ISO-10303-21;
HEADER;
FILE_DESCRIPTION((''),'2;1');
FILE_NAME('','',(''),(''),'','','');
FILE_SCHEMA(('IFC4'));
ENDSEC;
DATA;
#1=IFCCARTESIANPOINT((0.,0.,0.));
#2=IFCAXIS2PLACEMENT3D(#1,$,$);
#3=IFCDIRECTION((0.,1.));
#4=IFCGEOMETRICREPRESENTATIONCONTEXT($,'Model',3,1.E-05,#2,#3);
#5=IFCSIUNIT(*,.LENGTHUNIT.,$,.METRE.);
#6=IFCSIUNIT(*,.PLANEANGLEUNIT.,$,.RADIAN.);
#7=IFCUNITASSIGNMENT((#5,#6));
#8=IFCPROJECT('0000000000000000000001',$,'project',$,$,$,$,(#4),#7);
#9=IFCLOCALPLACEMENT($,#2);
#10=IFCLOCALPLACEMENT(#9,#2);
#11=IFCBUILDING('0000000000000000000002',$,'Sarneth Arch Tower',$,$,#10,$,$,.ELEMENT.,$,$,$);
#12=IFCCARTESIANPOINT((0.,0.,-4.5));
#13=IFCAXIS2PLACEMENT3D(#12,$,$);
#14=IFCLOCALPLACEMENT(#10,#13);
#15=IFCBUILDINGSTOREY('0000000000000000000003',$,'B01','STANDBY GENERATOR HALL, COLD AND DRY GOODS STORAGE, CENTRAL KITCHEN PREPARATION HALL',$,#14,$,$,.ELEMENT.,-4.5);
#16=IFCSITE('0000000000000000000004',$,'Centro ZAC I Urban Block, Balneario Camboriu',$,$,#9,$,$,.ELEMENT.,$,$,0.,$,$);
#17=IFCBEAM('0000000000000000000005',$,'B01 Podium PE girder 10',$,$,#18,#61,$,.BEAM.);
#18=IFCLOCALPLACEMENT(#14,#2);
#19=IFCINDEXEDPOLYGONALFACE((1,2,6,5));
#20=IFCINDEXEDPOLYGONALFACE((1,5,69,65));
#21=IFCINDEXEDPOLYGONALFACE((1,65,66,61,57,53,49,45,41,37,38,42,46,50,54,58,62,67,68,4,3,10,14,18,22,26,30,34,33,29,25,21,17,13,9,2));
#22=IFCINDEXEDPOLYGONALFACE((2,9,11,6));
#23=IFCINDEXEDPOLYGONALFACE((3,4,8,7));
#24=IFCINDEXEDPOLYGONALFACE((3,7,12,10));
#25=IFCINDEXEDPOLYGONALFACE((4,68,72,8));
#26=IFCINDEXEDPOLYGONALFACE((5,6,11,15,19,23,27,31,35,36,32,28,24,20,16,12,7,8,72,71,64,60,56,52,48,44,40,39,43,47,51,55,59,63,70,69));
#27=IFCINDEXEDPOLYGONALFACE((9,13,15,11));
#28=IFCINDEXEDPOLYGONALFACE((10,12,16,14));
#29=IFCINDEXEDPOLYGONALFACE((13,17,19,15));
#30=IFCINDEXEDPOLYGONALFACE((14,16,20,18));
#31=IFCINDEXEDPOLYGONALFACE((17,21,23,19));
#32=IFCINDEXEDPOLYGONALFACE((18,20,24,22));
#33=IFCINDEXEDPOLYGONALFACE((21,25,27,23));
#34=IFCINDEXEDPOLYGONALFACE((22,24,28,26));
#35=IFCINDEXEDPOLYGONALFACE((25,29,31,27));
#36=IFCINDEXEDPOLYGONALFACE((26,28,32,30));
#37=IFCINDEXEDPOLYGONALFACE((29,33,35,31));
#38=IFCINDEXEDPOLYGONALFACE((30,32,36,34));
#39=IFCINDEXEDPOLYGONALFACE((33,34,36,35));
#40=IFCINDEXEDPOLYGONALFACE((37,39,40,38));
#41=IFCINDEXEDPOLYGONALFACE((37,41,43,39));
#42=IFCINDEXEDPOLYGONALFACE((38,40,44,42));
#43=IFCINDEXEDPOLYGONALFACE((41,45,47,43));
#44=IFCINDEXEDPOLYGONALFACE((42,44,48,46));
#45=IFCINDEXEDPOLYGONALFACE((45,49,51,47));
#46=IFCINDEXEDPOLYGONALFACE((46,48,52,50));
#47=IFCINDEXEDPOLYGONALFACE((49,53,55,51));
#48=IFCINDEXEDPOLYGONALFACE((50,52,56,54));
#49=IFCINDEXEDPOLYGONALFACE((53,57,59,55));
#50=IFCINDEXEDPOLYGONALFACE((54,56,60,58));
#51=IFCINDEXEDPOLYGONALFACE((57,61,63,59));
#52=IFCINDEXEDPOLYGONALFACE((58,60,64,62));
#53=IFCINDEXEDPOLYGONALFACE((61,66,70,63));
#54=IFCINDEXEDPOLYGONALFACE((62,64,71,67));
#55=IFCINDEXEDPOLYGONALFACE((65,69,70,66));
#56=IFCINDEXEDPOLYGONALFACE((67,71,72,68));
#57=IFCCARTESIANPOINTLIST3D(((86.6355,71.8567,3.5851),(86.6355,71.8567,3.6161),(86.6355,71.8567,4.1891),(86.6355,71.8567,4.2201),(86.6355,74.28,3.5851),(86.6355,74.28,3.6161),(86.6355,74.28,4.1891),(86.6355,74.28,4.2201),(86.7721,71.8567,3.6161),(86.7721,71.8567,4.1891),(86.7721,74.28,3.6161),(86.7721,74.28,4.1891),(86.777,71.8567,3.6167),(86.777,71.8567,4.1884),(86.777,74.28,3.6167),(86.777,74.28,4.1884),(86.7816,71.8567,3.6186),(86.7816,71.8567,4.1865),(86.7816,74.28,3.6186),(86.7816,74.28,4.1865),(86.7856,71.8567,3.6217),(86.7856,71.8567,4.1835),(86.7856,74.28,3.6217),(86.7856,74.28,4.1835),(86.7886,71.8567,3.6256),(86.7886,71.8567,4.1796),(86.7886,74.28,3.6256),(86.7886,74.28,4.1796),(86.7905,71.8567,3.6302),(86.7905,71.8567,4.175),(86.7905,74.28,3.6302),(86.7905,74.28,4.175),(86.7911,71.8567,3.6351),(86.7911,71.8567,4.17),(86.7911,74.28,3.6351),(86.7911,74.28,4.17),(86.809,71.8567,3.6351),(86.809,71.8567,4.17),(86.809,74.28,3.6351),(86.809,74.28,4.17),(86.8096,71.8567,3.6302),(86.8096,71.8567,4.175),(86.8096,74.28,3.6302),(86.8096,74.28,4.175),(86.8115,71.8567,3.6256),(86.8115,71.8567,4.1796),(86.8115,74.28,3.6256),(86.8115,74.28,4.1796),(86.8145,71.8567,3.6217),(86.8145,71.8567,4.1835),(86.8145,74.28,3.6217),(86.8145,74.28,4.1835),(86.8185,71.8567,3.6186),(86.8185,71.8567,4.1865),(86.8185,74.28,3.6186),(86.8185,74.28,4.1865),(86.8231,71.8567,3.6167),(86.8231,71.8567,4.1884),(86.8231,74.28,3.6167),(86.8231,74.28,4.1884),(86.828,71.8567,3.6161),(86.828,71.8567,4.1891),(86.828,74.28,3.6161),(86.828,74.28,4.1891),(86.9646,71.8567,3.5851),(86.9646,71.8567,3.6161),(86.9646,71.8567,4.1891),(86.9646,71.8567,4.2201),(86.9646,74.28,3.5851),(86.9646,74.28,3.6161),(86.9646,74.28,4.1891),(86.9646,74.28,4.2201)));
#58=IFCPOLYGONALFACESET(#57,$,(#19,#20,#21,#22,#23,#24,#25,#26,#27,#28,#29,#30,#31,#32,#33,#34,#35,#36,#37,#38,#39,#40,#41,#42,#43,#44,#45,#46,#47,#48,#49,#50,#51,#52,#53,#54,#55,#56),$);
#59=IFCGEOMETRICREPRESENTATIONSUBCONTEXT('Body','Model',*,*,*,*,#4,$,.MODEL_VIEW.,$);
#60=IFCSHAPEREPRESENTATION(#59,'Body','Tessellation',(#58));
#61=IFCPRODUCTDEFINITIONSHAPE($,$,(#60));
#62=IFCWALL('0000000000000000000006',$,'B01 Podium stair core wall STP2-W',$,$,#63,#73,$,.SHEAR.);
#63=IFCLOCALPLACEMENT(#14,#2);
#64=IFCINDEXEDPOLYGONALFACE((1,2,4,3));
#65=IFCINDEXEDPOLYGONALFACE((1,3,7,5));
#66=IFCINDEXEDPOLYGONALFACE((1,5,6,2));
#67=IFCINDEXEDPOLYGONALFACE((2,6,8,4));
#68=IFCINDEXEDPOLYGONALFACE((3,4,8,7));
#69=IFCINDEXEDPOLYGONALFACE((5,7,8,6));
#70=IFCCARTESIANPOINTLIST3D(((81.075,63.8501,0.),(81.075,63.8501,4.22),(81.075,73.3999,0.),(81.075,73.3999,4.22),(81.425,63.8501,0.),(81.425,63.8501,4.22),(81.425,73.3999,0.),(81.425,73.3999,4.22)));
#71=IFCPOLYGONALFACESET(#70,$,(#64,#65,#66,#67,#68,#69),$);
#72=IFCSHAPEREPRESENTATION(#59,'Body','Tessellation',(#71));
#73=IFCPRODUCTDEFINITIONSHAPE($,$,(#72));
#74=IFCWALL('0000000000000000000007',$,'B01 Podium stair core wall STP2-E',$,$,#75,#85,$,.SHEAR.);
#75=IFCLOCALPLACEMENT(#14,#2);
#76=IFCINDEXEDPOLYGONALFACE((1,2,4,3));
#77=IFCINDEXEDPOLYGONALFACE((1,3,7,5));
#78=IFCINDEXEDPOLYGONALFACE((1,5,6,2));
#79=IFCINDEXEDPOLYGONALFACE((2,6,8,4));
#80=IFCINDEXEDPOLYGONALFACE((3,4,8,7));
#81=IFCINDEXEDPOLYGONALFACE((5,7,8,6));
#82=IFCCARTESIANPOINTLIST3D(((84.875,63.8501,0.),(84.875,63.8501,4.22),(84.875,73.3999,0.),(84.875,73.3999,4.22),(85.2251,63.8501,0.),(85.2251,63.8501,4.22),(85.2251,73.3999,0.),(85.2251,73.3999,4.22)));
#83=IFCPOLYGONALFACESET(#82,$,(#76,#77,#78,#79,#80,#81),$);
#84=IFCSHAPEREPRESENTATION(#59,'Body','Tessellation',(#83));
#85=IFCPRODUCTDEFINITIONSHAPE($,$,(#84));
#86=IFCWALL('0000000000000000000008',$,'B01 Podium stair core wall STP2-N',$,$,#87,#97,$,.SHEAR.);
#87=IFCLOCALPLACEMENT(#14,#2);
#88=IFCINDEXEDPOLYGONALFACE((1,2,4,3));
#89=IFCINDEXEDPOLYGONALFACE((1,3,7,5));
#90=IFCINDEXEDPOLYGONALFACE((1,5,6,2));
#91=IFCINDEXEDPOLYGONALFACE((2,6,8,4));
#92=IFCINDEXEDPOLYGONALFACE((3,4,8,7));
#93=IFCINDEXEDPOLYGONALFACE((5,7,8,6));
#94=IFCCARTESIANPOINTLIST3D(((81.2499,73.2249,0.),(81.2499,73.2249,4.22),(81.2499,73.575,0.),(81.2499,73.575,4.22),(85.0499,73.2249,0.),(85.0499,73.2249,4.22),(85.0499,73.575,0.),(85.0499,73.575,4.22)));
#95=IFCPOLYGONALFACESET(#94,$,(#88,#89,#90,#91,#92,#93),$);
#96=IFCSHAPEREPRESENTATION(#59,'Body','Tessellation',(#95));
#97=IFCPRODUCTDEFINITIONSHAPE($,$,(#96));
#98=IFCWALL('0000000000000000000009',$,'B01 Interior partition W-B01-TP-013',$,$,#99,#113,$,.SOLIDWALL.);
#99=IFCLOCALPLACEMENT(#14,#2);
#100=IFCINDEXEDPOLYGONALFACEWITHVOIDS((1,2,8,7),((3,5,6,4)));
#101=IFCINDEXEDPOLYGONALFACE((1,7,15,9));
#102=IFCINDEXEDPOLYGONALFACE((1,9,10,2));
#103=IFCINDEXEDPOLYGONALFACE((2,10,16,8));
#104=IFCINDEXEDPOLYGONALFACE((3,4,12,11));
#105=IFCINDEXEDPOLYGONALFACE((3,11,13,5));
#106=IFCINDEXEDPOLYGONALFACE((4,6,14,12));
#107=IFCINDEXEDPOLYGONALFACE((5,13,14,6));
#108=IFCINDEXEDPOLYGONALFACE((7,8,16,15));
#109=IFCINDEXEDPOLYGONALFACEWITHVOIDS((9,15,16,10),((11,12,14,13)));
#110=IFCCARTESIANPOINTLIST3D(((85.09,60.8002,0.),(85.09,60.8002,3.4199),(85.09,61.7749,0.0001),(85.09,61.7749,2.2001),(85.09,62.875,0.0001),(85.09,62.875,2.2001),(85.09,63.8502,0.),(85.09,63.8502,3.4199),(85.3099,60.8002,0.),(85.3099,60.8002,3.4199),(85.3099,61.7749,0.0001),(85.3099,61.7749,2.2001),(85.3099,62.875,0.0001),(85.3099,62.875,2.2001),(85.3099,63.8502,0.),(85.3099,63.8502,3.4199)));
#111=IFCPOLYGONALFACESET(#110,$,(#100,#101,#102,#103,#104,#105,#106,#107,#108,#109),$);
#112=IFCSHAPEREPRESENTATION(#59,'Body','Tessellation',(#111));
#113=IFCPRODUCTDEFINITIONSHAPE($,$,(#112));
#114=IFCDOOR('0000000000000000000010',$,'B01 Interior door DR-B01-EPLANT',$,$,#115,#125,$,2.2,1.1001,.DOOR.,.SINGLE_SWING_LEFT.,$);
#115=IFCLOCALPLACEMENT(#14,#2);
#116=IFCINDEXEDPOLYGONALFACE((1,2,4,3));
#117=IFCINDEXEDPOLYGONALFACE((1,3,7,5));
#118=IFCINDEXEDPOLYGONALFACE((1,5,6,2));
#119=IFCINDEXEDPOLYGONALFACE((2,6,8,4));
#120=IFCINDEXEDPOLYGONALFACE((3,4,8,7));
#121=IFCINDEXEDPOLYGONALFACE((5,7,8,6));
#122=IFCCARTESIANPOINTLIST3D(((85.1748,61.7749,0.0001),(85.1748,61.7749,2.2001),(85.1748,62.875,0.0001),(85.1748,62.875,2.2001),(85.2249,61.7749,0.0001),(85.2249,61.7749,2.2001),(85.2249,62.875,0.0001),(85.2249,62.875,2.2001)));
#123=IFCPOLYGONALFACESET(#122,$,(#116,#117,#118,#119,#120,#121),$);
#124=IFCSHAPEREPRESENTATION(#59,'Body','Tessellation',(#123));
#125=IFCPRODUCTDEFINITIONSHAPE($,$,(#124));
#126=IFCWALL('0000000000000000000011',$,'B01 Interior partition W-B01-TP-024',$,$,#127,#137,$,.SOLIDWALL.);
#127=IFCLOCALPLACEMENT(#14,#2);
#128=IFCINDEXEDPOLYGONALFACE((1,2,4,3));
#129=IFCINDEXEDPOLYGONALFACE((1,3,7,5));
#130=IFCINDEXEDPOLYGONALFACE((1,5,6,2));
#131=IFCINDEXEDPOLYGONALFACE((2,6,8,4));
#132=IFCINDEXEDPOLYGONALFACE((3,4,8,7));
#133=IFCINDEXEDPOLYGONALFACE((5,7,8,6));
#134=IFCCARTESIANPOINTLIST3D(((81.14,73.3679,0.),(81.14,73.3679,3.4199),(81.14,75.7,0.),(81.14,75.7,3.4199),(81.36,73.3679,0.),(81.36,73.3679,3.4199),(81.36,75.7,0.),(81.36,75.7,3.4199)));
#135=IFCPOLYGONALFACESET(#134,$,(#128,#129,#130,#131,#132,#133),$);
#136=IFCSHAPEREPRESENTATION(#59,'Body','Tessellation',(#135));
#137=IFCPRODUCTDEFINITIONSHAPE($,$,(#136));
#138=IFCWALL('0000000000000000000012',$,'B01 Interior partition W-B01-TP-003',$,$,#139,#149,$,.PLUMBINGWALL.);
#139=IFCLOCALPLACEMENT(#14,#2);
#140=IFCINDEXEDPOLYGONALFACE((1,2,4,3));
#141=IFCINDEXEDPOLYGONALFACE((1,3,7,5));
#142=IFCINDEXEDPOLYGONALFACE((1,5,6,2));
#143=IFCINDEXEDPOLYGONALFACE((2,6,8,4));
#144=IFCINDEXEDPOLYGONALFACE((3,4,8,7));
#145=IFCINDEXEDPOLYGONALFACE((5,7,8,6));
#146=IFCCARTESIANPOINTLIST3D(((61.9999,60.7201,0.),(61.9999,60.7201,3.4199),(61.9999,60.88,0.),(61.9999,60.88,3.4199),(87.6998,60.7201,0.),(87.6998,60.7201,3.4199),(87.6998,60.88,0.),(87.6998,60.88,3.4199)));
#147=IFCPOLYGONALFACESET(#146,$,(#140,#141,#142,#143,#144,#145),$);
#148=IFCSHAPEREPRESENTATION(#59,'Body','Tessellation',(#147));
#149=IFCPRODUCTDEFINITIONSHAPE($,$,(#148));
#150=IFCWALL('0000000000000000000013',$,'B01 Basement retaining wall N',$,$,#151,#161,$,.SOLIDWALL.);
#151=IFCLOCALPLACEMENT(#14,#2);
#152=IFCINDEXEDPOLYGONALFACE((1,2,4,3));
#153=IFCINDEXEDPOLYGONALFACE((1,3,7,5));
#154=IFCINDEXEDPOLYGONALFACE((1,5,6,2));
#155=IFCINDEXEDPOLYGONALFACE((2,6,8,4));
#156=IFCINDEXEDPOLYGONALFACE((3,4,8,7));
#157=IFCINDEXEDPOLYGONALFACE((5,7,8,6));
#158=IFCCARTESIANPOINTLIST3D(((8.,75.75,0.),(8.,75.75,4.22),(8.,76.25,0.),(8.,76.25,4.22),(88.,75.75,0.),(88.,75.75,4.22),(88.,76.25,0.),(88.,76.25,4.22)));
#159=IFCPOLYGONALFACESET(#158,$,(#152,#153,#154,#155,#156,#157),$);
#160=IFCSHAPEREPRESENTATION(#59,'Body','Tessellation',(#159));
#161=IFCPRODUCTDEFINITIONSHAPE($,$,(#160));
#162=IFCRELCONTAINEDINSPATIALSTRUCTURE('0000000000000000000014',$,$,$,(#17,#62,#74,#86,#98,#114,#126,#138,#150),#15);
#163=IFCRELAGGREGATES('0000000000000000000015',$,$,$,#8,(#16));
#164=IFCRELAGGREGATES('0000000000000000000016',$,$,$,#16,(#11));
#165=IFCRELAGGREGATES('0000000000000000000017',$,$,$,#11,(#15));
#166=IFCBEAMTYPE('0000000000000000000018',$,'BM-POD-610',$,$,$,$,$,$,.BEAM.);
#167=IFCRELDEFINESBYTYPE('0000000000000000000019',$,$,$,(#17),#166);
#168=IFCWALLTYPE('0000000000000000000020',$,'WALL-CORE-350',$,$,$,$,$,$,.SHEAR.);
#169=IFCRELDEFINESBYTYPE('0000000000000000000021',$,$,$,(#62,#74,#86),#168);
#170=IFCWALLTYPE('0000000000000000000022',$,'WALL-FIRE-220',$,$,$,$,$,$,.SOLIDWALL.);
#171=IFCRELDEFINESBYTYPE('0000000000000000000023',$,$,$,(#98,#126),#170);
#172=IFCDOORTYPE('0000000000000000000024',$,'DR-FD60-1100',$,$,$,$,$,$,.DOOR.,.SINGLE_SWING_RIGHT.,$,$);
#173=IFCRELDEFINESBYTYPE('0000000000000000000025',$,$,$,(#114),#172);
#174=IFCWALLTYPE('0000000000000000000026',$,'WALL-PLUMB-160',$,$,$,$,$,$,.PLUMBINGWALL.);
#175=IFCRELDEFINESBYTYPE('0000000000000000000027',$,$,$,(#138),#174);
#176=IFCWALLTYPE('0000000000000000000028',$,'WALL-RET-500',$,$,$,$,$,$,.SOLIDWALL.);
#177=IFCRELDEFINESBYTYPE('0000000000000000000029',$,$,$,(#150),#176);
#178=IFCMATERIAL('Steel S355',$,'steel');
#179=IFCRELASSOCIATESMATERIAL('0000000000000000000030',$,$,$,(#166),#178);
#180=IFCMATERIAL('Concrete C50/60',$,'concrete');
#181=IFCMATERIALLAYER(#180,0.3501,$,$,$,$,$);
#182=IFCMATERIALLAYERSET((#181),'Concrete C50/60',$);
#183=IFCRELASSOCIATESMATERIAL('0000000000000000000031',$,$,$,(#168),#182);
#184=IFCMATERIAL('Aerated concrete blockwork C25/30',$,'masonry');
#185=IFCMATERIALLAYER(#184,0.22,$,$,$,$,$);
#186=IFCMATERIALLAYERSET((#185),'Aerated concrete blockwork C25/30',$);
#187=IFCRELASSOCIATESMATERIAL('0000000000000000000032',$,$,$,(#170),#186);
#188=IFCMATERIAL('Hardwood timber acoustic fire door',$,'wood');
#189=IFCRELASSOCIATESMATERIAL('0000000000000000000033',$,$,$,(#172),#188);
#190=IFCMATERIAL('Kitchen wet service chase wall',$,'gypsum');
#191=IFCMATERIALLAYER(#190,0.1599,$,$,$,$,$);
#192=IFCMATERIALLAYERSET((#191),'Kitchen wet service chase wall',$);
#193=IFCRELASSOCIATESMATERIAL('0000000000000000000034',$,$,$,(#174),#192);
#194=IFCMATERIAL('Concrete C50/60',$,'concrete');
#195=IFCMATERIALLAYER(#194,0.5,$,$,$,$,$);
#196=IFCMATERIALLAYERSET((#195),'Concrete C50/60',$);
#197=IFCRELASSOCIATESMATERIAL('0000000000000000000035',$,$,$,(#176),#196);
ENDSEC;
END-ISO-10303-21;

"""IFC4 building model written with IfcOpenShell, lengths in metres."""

from ifc_helpers import new_model, si_unit, direction, frame, frame_2d, origin, origin_2d, place, context, subcontext, project, spatial, rectangle, i_section, extrude, material, layer, layer_set, material_profile, profile_set, type_object, element, fill, save


model = new_model("IFC4")

# Units and contexts
model_context = context("Model", 3, precision=1e-05, world=origin(), true_north=direction((0.0, 1.0)))
body_context = subcontext(model_context, "Body", "Model", "MODEL_VIEW")
ifc_project = project(units=[si_unit("LENGTHUNIT", "METRE"), si_unit("PLANEANGLEUNIT", "RADIAN")], contexts=[model_context])

# Site, building, storey
site_placement = place(None, origin())
site = spatial("IfcSite", under=ifc_project, at=site_placement, Name="Centro ZAC I Urban Block, Balneario Camboriu", CompositionType="ELEMENT", RefElevation=0.0)
building_placement = place(site_placement, origin())
building = spatial("IfcBuilding", under=site, at=building_placement, Name="Sarneth Arch Tower", CompositionType="ELEMENT")
storey_placement = place(building_placement, frame((0.0, 0.0, -4.5)))
storey = spatial("IfcBuildingStorey", under=building, at=storey_placement, Name="B01", Description="STANDBY GENERATOR HALL, COLD AND DRY GOODS STORAGE, CENTRAL KITCHEN PREPARATION HALL", CompositionType="ELEMENT", Elevation=-4.5)

# Beam
ifc_material_1 = material(Name="Steel S355", Category="steel")
ifc_material_profile_1 = material_profile(ifc_material_1, i_section(OverallWidth=0.3291, OverallDepth=0.635, WebThickness=0.0178, FlangeThickness=0.031, FilletRadius=0.019, at=origin_2d()), Name="W610x241")
ifc_profile_set_1 = profile_set([ifc_material_profile_1], Name="Steel S355")
beam_type = type_object("IfcBeamType", Name="BM-POD-610", PredefinedType="BEAM", material=ifc_profile_set_1)
beam_1_placement = place(storey_placement, frame((86.8, 71.8567, 3.9026), z_axis=(0.0, 1.0, 0.0), x_axis=(-1.0, 0.0, 0.0)))
element("IfcBeam", 1, at=beam_1_placement, inside=storey, type_object=beam_type, Name="B01 Podium PE girder 10", PredefinedType="BEAM", context=body_context, shape_type="SweptSolid", body=[
    extrude(i_section(OverallWidth=0.3291, OverallDepth=0.635, WebThickness=0.0178, FlangeThickness=0.031, FilletRadius=0.019, at=origin_2d()), origin(), (0.0, 0.0, 1.0), 2.4233),
])

# Walls
ifc_material_2 = material(Name="Concrete C50/60", Category="concrete")
ifc_layer_1 = layer(ifc_material_2, 0.3501)
ifc_layer_set_1 = layer_set([ifc_layer_1], Name="Concrete C50/60")
wall_type_1 = type_object("IfcWallType", Name="WALL-CORE-350", PredefinedType="SHEAR", material=ifc_layer_set_1)
for number, where, z_axis, x_axis, name in (
    (2, (81.25, 63.8501, 0.0), (0.0, 0.0, 1.0), (0.0, 1.0, 0.0), "B01 Podium stair core wall STP2-W"),
    (3, (85.05, 63.8501, 0.0), (0.0, 0.0, 1.0), (0.0, 1.0, 0.0), "B01 Podium stair core wall STP2-E"),
):
    element("IfcWall", number, at=place(storey_placement, frame(where, z_axis=z_axis, x_axis=x_axis)), inside=storey, type_object=wall_type_1, Name=name, PredefinedType="SHEAR", context=body_context, shape_type="SweptSolid", body=[
        extrude(rectangle(XDim=9.5498, YDim=0.3501, at=frame_2d((4.7749, 0.0))), origin(), (0.0, 0.0, 1.0), 4.22),
    ])
wall_1_placement = place(storey_placement, frame((81.25, 73.3999, 0.0), z_axis=(0.0, 0.0, 1.0), x_axis=(1.0, 0.0, 0.0)))
element("IfcWall", 4, at=wall_1_placement, inside=storey, type_object=wall_type_1, Name="B01 Podium stair core wall STP2-N", PredefinedType="SHEAR", context=body_context, shape_type="SweptSolid", body=[
    extrude(rectangle(XDim=3.8, YDim=0.3501, at=frame_2d((1.8999, 0.0))), origin(), (0.0, 0.0, 1.0), 4.22),
])

# Wall, opening, door
ifc_material_3 = material(Name="Aerated concrete blockwork C25/30", Category="masonry")
ifc_layer_2 = layer(ifc_material_3, 0.22)
ifc_layer_set_2 = layer_set([ifc_layer_2], Name="Aerated concrete blockwork C25/30")
wall_type_2 = type_object("IfcWallType", Name="WALL-FIRE-220", PredefinedType="SOLIDWALL", material=ifc_layer_set_2)
wall_2_placement = place(storey_placement, frame((85.2, 63.8501, 0.0), z_axis=(0.0, 0.0, 1.0), x_axis=(0.0, -1.0, 0.0)))
wall_2 = element("IfcWall", 5, at=wall_2_placement, inside=storey, type_object=wall_type_2, Name="B01 Interior partition W-B01-TP-013", PredefinedType="SOLIDWALL", context=body_context, shape_type="SweptSolid", body=[
    extrude(rectangle(XDim=3.05, YDim=0.22, at=frame_2d((1.5249, 0.0))), origin(), (0.0, 0.0, 1.0), 3.4199),
])
opening_1_placement = place(wall_2_placement, frame((0.9751, 0.0, 0.0)))
opening_1 = element("IfcOpeningElement", 6, at=opening_1_placement, cuts=wall_2, PredefinedType="OPENING", context=body_context, shape_type="SweptSolid", body=[
    extrude(rectangle(XDim=1.1001, YDim=2.2, at=frame_2d((0.55, 1.1001))), frame((0.0, 0.1199, 0.0), z_axis=(0.0, -1.0, 0.0), x_axis=(1.0, 0.0, 0.0)), (0.0, 0.0, 1.0), 0.24),
])
ifc_material_4 = material(Name="Hardwood timber acoustic fire door", Category="wood")
door_type_1 = type_object("IfcDoorType", Name="DR-FD60-1100", OperationType="SINGLE_SWING_RIGHT", PredefinedType="DOOR", material=ifc_material_4)
door_1_placement = place(opening_1_placement, origin())
door_1 = element("IfcDoor", 7, at=door_1_placement, inside=storey, type_object=door_type_1, Name="B01 Interior door DR-B01-EPLANT", OperationType="SINGLE_SWING_LEFT", OverallHeight=2.2, OverallWidth=1.1001, PredefinedType="DOOR", context=body_context, shape_type="SweptSolid", body=[
    extrude(rectangle(XDim=1.1001, YDim=2.2, at=frame_2d((0.55, 1.1001))), frame((0.0, 0.0249, 0.0), z_axis=(0.0, -1.0, 0.0), x_axis=(1.0, 0.0, 0.0)), (0.0, 0.0, 1.0), 0.05),
])
fill(opening_1, door_1)

# Walls
wall_3_placement = place(storey_placement, frame((81.25, 75.7, 0.0), z_axis=(0.0, 0.0, 1.0), x_axis=(0.0, -1.0, 0.0)))
element("IfcWall", 8, at=wall_3_placement, inside=storey, type_object=wall_type_2, Name="B01 Interior partition W-B01-TP-024", PredefinedType="SOLIDWALL", context=body_context, shape_type="SweptSolid", body=[
    extrude(rectangle(XDim=2.332, YDim=0.22, at=frame_2d((1.166, 0.0))), origin(), (0.0, 0.0, 1.0), 3.4199),
])
ifc_material_5 = material(Name="Kitchen wet service chase wall", Category="gypsum")
ifc_layer_3 = layer(ifc_material_5, 0.1599)
ifc_layer_set_3 = layer_set([ifc_layer_3], Name="Kitchen wet service chase wall")
wall_type_3 = type_object("IfcWallType", Name="WALL-PLUMB-160", PredefinedType="PLUMBINGWALL", material=ifc_layer_set_3)
wall_4_placement = place(storey_placement, frame((87.7, 60.8, 0.0), z_axis=(0.0, 0.0, 1.0), x_axis=(-1.0, 0.0, 0.0)))
element("IfcWall", 9, at=wall_4_placement, inside=storey, type_object=wall_type_3, Name="B01 Interior partition W-B01-TP-003", PredefinedType="PLUMBINGWALL", context=body_context, shape_type="SweptSolid", body=[
    extrude(rectangle(XDim=25.7, YDim=0.1599, at=frame_2d((12.8501, 0.0))), origin(), (0.0, 0.0, 1.0), 3.4199),
])
ifc_material_6 = material(Name="Concrete C50/60", Category="concrete")
ifc_layer_4 = layer(ifc_material_6, 0.5)
ifc_layer_set_4 = layer_set([ifc_layer_4], Name="Concrete C50/60")
wall_type_4 = type_object("IfcWallType", Name="WALL-RET-500", PredefinedType="SOLIDWALL", material=ifc_layer_set_4)
wall_5_placement = place(storey_placement, frame((88.0, 76.0, 0.0), z_axis=(0.0, 0.0, 1.0), x_axis=(-1.0, 0.0, 0.0)))
element("IfcWall", 10, at=wall_5_placement, inside=storey, type_object=wall_type_4, Name="B01 Basement retaining wall N", PredefinedType="SOLIDWALL", context=body_context, shape_type="SweptSolid", body=[
    extrude(rectangle(XDim=80.0, YDim=0.5, at=frame_2d((40.0, 0.0))), origin(), (0.0, 0.0, 1.0), 4.22),
])

save(model, "model.ifc")
